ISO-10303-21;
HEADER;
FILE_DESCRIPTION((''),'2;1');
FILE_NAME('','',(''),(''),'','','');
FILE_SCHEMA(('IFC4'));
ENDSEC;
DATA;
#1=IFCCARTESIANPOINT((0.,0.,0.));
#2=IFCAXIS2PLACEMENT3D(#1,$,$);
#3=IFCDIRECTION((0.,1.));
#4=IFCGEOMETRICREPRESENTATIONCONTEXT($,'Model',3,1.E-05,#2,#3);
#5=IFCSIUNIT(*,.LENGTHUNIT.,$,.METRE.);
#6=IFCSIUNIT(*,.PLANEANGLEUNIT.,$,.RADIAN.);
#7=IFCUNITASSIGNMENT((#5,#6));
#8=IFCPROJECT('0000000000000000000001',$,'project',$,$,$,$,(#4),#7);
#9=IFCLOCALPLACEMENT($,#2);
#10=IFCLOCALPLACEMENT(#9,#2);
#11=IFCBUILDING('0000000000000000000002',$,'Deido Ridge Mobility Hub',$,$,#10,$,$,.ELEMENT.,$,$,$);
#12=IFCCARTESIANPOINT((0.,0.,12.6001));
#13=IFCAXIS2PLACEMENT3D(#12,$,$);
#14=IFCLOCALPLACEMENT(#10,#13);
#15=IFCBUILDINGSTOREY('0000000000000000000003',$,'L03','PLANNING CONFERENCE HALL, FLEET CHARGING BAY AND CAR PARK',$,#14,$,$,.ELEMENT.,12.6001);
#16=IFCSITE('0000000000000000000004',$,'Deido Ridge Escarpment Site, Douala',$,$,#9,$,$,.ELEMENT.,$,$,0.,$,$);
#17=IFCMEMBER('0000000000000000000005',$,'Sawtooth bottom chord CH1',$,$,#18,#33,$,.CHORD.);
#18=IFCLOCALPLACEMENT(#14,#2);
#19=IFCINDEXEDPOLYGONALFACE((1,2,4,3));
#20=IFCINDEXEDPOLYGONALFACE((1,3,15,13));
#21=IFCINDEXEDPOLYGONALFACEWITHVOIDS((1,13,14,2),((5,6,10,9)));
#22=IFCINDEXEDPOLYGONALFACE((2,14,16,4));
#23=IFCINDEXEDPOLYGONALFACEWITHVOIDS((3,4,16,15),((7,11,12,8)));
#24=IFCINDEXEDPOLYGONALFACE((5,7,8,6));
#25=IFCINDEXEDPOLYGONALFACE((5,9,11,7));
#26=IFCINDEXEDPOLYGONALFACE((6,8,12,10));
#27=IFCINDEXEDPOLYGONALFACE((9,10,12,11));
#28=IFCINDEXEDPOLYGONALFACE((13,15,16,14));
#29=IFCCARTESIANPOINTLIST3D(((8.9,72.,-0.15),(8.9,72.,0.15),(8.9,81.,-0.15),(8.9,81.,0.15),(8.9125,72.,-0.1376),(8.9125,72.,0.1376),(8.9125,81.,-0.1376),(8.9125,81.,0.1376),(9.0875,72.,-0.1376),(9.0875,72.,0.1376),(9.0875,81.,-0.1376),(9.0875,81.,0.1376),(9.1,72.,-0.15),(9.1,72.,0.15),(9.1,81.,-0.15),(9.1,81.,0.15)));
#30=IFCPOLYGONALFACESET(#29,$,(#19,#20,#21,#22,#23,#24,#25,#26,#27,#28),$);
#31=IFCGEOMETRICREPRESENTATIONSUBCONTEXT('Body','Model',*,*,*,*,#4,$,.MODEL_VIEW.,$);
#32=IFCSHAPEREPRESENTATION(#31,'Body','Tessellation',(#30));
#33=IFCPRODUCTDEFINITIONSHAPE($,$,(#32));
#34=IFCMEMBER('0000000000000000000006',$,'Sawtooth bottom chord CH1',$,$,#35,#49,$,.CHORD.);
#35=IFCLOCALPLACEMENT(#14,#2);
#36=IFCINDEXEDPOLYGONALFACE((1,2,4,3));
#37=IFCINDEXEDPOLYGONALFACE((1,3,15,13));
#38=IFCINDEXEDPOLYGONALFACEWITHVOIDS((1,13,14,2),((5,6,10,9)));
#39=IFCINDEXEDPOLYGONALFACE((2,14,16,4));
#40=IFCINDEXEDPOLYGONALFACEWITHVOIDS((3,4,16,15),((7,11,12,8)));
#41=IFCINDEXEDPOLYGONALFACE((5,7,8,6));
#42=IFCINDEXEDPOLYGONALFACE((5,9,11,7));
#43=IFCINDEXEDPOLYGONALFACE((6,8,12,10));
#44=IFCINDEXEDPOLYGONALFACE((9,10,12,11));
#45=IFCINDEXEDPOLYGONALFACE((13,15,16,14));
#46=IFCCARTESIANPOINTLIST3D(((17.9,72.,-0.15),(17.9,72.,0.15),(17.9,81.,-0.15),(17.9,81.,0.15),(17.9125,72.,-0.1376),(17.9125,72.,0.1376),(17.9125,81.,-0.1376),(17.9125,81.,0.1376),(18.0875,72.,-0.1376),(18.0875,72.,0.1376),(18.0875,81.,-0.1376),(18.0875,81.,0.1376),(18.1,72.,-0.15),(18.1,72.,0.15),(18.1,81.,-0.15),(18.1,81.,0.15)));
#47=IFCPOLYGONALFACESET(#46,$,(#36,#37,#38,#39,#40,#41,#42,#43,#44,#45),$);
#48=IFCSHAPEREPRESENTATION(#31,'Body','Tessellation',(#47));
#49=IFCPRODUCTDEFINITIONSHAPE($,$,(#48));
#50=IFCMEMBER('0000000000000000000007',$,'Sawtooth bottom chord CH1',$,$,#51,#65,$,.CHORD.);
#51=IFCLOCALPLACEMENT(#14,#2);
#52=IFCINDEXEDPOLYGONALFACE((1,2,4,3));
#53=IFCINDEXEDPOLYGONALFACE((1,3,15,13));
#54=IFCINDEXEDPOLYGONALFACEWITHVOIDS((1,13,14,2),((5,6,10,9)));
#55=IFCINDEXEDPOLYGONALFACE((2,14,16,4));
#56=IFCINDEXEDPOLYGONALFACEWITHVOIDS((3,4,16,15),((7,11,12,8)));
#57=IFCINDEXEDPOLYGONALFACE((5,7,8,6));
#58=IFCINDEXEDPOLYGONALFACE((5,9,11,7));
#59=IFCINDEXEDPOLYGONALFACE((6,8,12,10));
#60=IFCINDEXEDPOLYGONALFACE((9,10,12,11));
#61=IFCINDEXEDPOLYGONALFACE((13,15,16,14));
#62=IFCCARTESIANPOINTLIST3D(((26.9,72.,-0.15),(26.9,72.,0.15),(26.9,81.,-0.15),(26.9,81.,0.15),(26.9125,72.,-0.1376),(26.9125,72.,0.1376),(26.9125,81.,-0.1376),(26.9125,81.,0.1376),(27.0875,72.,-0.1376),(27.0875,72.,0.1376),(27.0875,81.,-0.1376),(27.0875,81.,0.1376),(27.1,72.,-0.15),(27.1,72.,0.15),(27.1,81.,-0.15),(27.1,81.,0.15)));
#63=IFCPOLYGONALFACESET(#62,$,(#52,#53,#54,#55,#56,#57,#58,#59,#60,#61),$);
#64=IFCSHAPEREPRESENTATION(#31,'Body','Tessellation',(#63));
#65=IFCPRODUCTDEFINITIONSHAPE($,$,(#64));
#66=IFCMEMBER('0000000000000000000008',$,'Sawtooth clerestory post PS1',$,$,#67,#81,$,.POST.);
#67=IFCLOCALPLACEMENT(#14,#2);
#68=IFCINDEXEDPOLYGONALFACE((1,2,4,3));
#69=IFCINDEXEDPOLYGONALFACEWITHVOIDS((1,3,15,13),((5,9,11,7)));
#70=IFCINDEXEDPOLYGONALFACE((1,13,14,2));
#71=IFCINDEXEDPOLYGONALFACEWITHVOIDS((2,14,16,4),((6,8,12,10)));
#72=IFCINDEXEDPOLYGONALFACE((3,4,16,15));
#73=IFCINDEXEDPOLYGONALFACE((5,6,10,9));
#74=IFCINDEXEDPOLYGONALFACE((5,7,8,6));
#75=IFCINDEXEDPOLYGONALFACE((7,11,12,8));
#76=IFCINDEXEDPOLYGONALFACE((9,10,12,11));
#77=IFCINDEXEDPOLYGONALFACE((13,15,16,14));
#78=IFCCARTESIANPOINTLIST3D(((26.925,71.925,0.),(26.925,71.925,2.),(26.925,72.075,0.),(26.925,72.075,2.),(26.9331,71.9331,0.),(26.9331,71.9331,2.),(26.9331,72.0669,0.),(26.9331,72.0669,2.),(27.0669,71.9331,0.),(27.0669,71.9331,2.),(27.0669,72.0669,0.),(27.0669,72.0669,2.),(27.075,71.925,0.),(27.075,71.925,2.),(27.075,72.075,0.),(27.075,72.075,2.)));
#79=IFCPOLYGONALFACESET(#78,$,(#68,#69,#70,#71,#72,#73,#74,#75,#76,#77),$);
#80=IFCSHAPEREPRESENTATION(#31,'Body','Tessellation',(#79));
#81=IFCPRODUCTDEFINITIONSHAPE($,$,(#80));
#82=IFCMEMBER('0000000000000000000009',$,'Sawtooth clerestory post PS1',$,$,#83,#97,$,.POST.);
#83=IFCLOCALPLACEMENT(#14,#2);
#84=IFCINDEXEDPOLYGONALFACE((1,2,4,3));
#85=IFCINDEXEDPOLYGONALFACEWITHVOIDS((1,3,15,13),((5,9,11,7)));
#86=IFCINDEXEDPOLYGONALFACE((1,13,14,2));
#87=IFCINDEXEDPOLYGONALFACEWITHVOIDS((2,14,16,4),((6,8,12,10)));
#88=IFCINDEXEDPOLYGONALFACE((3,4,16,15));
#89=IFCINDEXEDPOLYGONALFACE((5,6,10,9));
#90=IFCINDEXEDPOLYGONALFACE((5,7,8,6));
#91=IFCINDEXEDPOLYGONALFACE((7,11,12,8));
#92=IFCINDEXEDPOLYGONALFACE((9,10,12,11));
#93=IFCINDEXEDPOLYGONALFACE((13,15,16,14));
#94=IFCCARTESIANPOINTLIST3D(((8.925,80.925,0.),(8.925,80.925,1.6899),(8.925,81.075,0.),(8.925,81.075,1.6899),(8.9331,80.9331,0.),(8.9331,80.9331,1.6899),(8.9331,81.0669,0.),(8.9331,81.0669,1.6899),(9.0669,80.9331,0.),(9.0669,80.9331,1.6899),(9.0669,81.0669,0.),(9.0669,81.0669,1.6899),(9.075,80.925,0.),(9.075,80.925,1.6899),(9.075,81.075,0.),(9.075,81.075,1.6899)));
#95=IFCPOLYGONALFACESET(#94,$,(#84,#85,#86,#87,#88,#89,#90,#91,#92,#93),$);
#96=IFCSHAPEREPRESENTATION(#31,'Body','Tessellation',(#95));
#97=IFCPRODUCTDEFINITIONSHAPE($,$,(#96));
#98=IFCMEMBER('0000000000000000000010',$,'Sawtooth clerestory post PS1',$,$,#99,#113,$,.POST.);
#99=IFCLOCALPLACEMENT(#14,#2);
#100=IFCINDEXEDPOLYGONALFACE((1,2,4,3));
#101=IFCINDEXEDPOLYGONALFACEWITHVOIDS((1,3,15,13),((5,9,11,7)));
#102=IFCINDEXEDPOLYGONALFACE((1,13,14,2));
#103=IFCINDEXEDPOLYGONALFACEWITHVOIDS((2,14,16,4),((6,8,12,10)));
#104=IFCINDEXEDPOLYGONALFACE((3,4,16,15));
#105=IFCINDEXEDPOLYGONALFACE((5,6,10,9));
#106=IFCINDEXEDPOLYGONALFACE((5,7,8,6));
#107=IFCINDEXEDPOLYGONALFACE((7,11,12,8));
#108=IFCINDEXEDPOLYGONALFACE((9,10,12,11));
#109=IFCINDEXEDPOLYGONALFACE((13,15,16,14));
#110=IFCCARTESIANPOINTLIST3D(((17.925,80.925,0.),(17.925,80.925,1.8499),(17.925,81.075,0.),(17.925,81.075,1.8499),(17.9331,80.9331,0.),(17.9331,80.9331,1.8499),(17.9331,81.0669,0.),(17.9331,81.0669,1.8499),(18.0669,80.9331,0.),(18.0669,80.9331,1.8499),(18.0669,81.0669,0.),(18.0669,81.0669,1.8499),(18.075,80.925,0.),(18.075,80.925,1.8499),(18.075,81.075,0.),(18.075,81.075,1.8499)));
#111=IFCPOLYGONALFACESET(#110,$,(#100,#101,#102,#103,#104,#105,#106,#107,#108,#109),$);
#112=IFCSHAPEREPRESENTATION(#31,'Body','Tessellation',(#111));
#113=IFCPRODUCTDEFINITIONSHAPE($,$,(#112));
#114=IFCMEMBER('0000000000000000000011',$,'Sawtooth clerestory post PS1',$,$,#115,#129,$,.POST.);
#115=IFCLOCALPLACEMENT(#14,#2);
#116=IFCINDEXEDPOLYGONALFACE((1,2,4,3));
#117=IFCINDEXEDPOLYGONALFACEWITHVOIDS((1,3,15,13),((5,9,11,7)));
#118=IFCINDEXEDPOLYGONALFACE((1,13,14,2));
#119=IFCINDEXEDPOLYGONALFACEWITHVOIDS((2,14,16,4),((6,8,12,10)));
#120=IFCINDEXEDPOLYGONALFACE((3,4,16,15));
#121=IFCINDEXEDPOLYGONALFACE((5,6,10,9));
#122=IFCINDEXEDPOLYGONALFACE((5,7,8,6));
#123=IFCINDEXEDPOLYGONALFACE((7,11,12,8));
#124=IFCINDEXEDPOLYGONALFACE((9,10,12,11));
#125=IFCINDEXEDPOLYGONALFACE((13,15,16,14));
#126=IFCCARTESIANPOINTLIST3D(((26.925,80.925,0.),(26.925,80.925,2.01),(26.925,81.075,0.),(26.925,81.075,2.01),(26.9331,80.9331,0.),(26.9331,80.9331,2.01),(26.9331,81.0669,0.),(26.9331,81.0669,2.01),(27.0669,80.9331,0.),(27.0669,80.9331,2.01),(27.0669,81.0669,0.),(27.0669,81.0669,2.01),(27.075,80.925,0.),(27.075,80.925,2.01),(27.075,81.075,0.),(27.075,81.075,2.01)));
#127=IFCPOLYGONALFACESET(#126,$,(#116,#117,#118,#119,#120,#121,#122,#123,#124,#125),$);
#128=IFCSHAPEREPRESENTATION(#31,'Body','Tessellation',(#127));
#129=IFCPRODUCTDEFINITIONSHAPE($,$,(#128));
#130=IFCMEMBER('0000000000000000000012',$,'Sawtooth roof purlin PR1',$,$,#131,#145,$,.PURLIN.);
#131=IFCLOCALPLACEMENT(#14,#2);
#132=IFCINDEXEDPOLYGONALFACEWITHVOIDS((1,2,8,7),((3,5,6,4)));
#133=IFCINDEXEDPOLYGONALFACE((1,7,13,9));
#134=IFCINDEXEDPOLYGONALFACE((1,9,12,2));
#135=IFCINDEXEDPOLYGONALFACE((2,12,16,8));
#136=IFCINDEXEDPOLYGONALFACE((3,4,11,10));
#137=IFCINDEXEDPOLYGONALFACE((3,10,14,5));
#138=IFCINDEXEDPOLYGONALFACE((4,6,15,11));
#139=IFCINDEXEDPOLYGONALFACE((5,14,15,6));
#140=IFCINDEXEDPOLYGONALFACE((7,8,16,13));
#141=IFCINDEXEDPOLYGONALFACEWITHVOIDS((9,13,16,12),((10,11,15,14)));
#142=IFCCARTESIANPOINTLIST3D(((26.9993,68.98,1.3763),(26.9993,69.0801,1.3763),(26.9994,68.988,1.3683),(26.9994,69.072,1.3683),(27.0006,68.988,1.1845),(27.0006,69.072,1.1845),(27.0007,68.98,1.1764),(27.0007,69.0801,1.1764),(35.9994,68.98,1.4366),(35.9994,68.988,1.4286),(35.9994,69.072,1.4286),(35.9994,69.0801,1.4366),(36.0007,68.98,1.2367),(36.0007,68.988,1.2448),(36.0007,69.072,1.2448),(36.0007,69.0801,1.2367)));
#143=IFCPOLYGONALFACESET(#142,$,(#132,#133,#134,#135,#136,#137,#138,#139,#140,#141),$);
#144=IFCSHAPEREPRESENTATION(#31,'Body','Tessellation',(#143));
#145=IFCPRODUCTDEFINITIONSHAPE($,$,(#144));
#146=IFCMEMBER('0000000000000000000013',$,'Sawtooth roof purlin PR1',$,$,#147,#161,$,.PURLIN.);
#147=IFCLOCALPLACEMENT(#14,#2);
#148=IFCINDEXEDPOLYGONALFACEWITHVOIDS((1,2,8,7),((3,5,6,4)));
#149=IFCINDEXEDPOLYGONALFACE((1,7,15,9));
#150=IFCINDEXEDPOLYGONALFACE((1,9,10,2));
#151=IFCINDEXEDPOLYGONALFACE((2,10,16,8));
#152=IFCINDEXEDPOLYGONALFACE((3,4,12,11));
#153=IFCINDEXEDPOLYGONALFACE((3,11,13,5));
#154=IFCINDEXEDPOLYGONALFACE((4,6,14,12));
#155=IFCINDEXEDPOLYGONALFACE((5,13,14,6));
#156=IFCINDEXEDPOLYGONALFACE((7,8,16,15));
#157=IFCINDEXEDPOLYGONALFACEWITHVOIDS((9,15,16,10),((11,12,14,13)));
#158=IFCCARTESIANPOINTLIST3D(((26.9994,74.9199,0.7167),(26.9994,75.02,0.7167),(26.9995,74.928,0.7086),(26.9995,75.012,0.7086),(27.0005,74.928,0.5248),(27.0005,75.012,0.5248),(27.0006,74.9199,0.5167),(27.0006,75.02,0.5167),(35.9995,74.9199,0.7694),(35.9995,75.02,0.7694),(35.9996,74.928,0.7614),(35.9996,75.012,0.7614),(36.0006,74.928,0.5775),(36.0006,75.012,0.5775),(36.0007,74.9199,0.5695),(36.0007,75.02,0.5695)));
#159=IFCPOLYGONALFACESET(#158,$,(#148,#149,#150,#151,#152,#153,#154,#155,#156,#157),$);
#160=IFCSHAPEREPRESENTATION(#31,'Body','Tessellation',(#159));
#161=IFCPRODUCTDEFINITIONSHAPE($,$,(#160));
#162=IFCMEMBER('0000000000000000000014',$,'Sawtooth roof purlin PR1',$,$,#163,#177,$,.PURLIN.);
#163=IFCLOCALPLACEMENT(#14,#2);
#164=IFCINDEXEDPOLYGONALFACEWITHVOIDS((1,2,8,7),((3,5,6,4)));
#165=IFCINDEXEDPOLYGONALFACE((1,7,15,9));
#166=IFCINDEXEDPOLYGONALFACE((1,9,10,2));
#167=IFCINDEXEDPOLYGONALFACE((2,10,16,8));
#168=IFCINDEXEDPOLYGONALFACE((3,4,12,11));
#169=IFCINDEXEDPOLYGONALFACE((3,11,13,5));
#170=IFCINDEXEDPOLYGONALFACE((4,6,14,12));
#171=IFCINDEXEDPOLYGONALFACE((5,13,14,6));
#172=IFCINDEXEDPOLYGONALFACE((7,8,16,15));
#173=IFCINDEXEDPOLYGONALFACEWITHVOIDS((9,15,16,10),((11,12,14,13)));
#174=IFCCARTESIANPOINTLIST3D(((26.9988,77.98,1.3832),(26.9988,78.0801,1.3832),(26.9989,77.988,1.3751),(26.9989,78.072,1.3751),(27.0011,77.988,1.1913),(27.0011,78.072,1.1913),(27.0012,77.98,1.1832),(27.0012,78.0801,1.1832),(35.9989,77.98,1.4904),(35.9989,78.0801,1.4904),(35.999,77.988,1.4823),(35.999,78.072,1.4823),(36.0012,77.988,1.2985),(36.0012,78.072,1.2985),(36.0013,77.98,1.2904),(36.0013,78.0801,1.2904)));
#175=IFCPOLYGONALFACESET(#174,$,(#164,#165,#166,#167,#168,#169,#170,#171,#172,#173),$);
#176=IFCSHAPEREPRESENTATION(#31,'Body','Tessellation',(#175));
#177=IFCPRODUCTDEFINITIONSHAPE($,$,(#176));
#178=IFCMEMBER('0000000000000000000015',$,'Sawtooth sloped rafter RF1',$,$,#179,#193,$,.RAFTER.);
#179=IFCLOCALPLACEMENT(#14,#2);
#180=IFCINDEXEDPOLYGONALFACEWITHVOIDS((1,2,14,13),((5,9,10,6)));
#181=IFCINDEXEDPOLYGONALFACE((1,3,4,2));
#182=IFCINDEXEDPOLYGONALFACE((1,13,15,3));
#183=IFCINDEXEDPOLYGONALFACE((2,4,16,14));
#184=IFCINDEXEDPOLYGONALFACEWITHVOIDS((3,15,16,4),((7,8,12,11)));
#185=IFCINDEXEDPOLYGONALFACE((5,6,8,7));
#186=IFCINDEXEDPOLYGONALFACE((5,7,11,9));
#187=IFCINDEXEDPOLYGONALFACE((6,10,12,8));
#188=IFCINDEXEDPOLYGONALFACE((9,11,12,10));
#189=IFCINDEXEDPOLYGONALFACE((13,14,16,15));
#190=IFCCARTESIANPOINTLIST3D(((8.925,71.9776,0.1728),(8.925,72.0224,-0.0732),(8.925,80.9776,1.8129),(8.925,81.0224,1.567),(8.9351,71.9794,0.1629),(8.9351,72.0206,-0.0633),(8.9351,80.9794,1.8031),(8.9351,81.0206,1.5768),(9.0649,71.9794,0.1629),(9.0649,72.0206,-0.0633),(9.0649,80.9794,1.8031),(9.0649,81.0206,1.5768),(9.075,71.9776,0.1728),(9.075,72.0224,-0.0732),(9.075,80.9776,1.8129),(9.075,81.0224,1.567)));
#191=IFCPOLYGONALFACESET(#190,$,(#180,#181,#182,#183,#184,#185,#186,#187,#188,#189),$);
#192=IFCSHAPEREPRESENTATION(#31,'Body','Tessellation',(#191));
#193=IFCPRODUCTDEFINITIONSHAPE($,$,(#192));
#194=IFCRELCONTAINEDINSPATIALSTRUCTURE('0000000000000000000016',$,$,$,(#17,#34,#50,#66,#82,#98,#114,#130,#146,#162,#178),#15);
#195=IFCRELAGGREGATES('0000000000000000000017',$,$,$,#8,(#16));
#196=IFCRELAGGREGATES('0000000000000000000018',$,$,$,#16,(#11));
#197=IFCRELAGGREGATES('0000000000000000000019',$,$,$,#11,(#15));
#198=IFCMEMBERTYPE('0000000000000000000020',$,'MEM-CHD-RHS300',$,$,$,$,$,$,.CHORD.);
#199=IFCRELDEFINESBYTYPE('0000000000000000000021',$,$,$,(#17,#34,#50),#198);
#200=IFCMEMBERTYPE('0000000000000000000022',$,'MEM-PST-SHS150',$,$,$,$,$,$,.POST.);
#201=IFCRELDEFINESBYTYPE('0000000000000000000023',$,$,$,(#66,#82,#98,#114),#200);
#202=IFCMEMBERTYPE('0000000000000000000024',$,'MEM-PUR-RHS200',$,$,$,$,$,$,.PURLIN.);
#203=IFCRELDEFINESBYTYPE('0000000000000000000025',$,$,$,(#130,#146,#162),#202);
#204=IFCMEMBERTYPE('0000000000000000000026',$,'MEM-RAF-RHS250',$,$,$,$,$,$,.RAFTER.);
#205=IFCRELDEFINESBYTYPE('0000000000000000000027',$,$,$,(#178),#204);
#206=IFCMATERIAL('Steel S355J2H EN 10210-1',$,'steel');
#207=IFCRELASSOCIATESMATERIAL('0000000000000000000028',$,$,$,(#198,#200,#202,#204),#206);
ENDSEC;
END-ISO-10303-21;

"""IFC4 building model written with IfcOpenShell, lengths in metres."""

from ifc_helpers import new_model, si_unit, direction, frame, origin, origin_2d, place, context, subcontext, project, spatial, hollow_rectangle, extrude, material, material_profile, profile_set, type_object, element, save


model = new_model("IFC4")

# Units and contexts
model_context = context("Model", 3, precision=1e-05, world=origin(), true_north=direction((0.0, 1.0)))
body_context = subcontext(model_context, "Body", "Model", "MODEL_VIEW")
ifc_project = project(units=[si_unit("LENGTHUNIT", "METRE"), si_unit("PLANEANGLEUNIT", "RADIAN")], contexts=[model_context])

# Site, building, storey
site_placement = place(None, origin())
site = spatial("IfcSite", under=ifc_project, at=site_placement, Name="Deido Ridge Escarpment Site, Douala", CompositionType="ELEMENT", RefElevation=0.0)
building_placement = place(site_placement, origin())
building = spatial("IfcBuilding", under=site, at=building_placement, Name="Deido Ridge Mobility Hub", CompositionType="ELEMENT")
storey_placement = place(building_placement, frame((0.0, 0.0, 12.6001)))
storey = spatial("IfcBuildingStorey", under=building, at=storey_placement, Name="L03", Description="PLANNING CONFERENCE HALL, FLEET CHARGING BAY AND CAR PARK", CompositionType="ELEMENT", Elevation=12.6001)

# Members
ifc_material_1 = material(Name="Steel S355J2H EN 10210-1", Category="steel")
ifc_material_profile_1 = material_profile(ifc_material_1, hollow_rectangle(XDim=0.2, YDim=0.3, WallThickness=0.0125, at=origin_2d()), Name="RHS 300x200x12.5")
ifc_profile_set_1 = profile_set([ifc_material_profile_1], Name="Steel S355J2H EN 10210-1")
member_type_1 = type_object("IfcMemberType", Name="MEM-CHD-RHS300", PredefinedType="CHORD", material=ifc_profile_set_1)
for number, where, z_axis, x_axis, name in (
    (1, (9.0, 72.0, 0.0), (0.0, 1.0, 0.0), (-1.0, 0.0, 0.0), "Sawtooth bottom chord CH1"),
    (2, (18.0, 72.0, 0.0), (0.0, 1.0, 0.0), (-1.0, 0.0, 0.0), "Sawtooth bottom chord CH1"),
    (3, (27.0, 72.0, 0.0), (0.0, 1.0, 0.0), (-1.0, 0.0, 0.0), "Sawtooth bottom chord CH1"),
):
    element("IfcMember", number, at=place(storey_placement, frame(where, z_axis=z_axis, x_axis=x_axis)), inside=storey, type_object=member_type_1, Name=name, PredefinedType="CHORD", context=body_context, shape_type="SweptSolid", body=[
        extrude(hollow_rectangle(XDim=0.2, YDim=0.3, WallThickness=0.0125, at=origin_2d()), origin(), (0.0, 0.0, 1.0), 9.0),
    ])
ifc_material_profile_2 = material_profile(ifc_material_1, hollow_rectangle(XDim=0.1499, YDim=0.1499, WallThickness=0.0081, at=origin_2d()), Name="SHS 150x150x8")
ifc_profile_set_2 = profile_set([ifc_material_profile_2], Name="Steel S355J2H EN 10210-1")
member_type_2 = type_object("IfcMemberType", Name="MEM-PST-SHS150", PredefinedType="POST", material=ifc_profile_set_2)
member_1_placement = place(storey_placement, frame((27.0, 72.0, 0.0), z_axis=(0.0, 0.0, 1.0), x_axis=(1.0, 0.0, 0.0)))
element("IfcMember", 4, at=member_1_placement, inside=storey, type_object=member_type_2, Name="Sawtooth clerestory post PS1", PredefinedType="POST", context=body_context, shape_type="SweptSolid", body=[
    extrude(hollow_rectangle(XDim=0.1499, YDim=0.1499, WallThickness=0.0081, at=origin_2d()), origin(), (0.0, 0.0, 1.0), 2.0),
])
member_2_placement = place(storey_placement, frame((9.0, 81.0, 0.0), z_axis=(0.0, 0.0, 1.0), x_axis=(1.0, 0.0, 0.0)))
element("IfcMember", 5, at=member_2_placement, inside=storey, type_object=member_type_2, Name="Sawtooth clerestory post PS1", PredefinedType="POST", context=body_context, shape_type="SweptSolid", body=[
    extrude(hollow_rectangle(XDim=0.1499, YDim=0.1499, WallThickness=0.0081, at=origin_2d()), origin(), (0.0, 0.0, 1.0), 1.6899),
])
member_3_placement = place(storey_placement, frame((18.0, 81.0, 0.0), z_axis=(0.0, 0.0, 1.0), x_axis=(1.0, 0.0, 0.0)))
element("IfcMember", 6, at=member_3_placement, inside=storey, type_object=member_type_2, Name="Sawtooth clerestory post PS1", PredefinedType="POST", context=body_context, shape_type="SweptSolid", body=[
    extrude(hollow_rectangle(XDim=0.1499, YDim=0.1499, WallThickness=0.0081, at=origin_2d()), origin(), (0.0, 0.0, 1.0), 1.8499),
])
member_4_placement = place(storey_placement, frame((27.0, 81.0, 0.0), z_axis=(0.0, 0.0, 1.0), x_axis=(1.0, 0.0, 0.0)))
element("IfcMember", 7, at=member_4_placement, inside=storey, type_object=member_type_2, Name="Sawtooth clerestory post PS1", PredefinedType="POST", context=body_context, shape_type="SweptSolid", body=[
    extrude(hollow_rectangle(XDim=0.1499, YDim=0.1499, WallThickness=0.0081, at=origin_2d()), origin(), (0.0, 0.0, 1.0), 2.01),
])
ifc_material_profile_3 = material_profile(ifc_material_1, hollow_rectangle(XDim=0.1001, YDim=0.2, WallThickness=0.0081, at=origin_2d()), Name="RHS 200x100x8")
ifc_profile_set_3 = profile_set([ifc_material_profile_3], Name="Steel S355J2H EN 10210-1")
member_type_3 = type_object("IfcMemberType", Name="MEM-PUR-RHS200", PredefinedType="PURLIN", material=ifc_profile_set_3)
for number, where, z_axis, x_axis, name in (
    (8, (27.0, 69.03, 1.2764), (0.999978, 0.0, 0.0067), (0.0, 1.0, 0.0), "Sawtooth roof purlin PR1"),
    (9, (27.0, 74.97, 0.6167), (0.999983, 0.0, 0.005859), (0.0, 1.0, 0.0), "Sawtooth roof purlin PR1"),
):
    element("IfcMember", number, at=place(storey_placement, frame(where, z_axis=z_axis, x_axis=x_axis)), inside=storey, type_object=member_type_3, Name=name, PredefinedType="PURLIN", context=body_context, shape_type="SweptSolid", body=[
        extrude(hollow_rectangle(XDim=0.1001, YDim=0.2, WallThickness=0.0081, at=origin_2d()), origin(), (0.0, 0.0, 1.0), 9.0002),
    ])
member_5_placement = place(storey_placement, frame((27.0, 78.03, 1.2832), z_axis=(0.999929, 0.0, 0.011908), x_axis=(0.0, 1.0, 0.0)))
element("IfcMember", 10, at=member_5_placement, inside=storey, type_object=member_type_3, Name="Sawtooth roof purlin PR1", PredefinedType="PURLIN", context=body_context, shape_type="SweptSolid", body=[
    extrude(hollow_rectangle(XDim=0.1001, YDim=0.2, WallThickness=0.0081, at=origin_2d()), origin(), (0.0, 0.0, 1.0), 9.0007),
])
ifc_material_profile_4 = material_profile(ifc_material_1, hollow_rectangle(XDim=0.1499, YDim=0.25, WallThickness=0.01, at=origin_2d()), Name="RHS 250x150x10")
ifc_profile_set_4 = profile_set([ifc_material_profile_4], Name="Steel S355J2H EN 10210-1")
member_type_4 = type_object("IfcMemberType", Name="MEM-RAF-RHS250", PredefinedType="RAFTER", material=ifc_profile_set_4)
member_6_placement = place(storey_placement, frame((9.0, 72.0, 0.0498), z_axis=(0.0, 0.983797, 0.179285), x_axis=(-1.0, 0.0, 0.0)))
element("IfcMember", 11, at=member_6_placement, inside=storey, type_object=member_type_4, Name="Sawtooth sloped rafter RF1", PredefinedType="RAFTER", context=body_context, shape_type="SweptSolid", body=[
    extrude(hollow_rectangle(XDim=0.1499, YDim=0.25, WallThickness=0.01, at=origin_2d()), origin(), (0.0, 0.0, 1.0), 9.1482),
])

save(model, "model.ifc")
